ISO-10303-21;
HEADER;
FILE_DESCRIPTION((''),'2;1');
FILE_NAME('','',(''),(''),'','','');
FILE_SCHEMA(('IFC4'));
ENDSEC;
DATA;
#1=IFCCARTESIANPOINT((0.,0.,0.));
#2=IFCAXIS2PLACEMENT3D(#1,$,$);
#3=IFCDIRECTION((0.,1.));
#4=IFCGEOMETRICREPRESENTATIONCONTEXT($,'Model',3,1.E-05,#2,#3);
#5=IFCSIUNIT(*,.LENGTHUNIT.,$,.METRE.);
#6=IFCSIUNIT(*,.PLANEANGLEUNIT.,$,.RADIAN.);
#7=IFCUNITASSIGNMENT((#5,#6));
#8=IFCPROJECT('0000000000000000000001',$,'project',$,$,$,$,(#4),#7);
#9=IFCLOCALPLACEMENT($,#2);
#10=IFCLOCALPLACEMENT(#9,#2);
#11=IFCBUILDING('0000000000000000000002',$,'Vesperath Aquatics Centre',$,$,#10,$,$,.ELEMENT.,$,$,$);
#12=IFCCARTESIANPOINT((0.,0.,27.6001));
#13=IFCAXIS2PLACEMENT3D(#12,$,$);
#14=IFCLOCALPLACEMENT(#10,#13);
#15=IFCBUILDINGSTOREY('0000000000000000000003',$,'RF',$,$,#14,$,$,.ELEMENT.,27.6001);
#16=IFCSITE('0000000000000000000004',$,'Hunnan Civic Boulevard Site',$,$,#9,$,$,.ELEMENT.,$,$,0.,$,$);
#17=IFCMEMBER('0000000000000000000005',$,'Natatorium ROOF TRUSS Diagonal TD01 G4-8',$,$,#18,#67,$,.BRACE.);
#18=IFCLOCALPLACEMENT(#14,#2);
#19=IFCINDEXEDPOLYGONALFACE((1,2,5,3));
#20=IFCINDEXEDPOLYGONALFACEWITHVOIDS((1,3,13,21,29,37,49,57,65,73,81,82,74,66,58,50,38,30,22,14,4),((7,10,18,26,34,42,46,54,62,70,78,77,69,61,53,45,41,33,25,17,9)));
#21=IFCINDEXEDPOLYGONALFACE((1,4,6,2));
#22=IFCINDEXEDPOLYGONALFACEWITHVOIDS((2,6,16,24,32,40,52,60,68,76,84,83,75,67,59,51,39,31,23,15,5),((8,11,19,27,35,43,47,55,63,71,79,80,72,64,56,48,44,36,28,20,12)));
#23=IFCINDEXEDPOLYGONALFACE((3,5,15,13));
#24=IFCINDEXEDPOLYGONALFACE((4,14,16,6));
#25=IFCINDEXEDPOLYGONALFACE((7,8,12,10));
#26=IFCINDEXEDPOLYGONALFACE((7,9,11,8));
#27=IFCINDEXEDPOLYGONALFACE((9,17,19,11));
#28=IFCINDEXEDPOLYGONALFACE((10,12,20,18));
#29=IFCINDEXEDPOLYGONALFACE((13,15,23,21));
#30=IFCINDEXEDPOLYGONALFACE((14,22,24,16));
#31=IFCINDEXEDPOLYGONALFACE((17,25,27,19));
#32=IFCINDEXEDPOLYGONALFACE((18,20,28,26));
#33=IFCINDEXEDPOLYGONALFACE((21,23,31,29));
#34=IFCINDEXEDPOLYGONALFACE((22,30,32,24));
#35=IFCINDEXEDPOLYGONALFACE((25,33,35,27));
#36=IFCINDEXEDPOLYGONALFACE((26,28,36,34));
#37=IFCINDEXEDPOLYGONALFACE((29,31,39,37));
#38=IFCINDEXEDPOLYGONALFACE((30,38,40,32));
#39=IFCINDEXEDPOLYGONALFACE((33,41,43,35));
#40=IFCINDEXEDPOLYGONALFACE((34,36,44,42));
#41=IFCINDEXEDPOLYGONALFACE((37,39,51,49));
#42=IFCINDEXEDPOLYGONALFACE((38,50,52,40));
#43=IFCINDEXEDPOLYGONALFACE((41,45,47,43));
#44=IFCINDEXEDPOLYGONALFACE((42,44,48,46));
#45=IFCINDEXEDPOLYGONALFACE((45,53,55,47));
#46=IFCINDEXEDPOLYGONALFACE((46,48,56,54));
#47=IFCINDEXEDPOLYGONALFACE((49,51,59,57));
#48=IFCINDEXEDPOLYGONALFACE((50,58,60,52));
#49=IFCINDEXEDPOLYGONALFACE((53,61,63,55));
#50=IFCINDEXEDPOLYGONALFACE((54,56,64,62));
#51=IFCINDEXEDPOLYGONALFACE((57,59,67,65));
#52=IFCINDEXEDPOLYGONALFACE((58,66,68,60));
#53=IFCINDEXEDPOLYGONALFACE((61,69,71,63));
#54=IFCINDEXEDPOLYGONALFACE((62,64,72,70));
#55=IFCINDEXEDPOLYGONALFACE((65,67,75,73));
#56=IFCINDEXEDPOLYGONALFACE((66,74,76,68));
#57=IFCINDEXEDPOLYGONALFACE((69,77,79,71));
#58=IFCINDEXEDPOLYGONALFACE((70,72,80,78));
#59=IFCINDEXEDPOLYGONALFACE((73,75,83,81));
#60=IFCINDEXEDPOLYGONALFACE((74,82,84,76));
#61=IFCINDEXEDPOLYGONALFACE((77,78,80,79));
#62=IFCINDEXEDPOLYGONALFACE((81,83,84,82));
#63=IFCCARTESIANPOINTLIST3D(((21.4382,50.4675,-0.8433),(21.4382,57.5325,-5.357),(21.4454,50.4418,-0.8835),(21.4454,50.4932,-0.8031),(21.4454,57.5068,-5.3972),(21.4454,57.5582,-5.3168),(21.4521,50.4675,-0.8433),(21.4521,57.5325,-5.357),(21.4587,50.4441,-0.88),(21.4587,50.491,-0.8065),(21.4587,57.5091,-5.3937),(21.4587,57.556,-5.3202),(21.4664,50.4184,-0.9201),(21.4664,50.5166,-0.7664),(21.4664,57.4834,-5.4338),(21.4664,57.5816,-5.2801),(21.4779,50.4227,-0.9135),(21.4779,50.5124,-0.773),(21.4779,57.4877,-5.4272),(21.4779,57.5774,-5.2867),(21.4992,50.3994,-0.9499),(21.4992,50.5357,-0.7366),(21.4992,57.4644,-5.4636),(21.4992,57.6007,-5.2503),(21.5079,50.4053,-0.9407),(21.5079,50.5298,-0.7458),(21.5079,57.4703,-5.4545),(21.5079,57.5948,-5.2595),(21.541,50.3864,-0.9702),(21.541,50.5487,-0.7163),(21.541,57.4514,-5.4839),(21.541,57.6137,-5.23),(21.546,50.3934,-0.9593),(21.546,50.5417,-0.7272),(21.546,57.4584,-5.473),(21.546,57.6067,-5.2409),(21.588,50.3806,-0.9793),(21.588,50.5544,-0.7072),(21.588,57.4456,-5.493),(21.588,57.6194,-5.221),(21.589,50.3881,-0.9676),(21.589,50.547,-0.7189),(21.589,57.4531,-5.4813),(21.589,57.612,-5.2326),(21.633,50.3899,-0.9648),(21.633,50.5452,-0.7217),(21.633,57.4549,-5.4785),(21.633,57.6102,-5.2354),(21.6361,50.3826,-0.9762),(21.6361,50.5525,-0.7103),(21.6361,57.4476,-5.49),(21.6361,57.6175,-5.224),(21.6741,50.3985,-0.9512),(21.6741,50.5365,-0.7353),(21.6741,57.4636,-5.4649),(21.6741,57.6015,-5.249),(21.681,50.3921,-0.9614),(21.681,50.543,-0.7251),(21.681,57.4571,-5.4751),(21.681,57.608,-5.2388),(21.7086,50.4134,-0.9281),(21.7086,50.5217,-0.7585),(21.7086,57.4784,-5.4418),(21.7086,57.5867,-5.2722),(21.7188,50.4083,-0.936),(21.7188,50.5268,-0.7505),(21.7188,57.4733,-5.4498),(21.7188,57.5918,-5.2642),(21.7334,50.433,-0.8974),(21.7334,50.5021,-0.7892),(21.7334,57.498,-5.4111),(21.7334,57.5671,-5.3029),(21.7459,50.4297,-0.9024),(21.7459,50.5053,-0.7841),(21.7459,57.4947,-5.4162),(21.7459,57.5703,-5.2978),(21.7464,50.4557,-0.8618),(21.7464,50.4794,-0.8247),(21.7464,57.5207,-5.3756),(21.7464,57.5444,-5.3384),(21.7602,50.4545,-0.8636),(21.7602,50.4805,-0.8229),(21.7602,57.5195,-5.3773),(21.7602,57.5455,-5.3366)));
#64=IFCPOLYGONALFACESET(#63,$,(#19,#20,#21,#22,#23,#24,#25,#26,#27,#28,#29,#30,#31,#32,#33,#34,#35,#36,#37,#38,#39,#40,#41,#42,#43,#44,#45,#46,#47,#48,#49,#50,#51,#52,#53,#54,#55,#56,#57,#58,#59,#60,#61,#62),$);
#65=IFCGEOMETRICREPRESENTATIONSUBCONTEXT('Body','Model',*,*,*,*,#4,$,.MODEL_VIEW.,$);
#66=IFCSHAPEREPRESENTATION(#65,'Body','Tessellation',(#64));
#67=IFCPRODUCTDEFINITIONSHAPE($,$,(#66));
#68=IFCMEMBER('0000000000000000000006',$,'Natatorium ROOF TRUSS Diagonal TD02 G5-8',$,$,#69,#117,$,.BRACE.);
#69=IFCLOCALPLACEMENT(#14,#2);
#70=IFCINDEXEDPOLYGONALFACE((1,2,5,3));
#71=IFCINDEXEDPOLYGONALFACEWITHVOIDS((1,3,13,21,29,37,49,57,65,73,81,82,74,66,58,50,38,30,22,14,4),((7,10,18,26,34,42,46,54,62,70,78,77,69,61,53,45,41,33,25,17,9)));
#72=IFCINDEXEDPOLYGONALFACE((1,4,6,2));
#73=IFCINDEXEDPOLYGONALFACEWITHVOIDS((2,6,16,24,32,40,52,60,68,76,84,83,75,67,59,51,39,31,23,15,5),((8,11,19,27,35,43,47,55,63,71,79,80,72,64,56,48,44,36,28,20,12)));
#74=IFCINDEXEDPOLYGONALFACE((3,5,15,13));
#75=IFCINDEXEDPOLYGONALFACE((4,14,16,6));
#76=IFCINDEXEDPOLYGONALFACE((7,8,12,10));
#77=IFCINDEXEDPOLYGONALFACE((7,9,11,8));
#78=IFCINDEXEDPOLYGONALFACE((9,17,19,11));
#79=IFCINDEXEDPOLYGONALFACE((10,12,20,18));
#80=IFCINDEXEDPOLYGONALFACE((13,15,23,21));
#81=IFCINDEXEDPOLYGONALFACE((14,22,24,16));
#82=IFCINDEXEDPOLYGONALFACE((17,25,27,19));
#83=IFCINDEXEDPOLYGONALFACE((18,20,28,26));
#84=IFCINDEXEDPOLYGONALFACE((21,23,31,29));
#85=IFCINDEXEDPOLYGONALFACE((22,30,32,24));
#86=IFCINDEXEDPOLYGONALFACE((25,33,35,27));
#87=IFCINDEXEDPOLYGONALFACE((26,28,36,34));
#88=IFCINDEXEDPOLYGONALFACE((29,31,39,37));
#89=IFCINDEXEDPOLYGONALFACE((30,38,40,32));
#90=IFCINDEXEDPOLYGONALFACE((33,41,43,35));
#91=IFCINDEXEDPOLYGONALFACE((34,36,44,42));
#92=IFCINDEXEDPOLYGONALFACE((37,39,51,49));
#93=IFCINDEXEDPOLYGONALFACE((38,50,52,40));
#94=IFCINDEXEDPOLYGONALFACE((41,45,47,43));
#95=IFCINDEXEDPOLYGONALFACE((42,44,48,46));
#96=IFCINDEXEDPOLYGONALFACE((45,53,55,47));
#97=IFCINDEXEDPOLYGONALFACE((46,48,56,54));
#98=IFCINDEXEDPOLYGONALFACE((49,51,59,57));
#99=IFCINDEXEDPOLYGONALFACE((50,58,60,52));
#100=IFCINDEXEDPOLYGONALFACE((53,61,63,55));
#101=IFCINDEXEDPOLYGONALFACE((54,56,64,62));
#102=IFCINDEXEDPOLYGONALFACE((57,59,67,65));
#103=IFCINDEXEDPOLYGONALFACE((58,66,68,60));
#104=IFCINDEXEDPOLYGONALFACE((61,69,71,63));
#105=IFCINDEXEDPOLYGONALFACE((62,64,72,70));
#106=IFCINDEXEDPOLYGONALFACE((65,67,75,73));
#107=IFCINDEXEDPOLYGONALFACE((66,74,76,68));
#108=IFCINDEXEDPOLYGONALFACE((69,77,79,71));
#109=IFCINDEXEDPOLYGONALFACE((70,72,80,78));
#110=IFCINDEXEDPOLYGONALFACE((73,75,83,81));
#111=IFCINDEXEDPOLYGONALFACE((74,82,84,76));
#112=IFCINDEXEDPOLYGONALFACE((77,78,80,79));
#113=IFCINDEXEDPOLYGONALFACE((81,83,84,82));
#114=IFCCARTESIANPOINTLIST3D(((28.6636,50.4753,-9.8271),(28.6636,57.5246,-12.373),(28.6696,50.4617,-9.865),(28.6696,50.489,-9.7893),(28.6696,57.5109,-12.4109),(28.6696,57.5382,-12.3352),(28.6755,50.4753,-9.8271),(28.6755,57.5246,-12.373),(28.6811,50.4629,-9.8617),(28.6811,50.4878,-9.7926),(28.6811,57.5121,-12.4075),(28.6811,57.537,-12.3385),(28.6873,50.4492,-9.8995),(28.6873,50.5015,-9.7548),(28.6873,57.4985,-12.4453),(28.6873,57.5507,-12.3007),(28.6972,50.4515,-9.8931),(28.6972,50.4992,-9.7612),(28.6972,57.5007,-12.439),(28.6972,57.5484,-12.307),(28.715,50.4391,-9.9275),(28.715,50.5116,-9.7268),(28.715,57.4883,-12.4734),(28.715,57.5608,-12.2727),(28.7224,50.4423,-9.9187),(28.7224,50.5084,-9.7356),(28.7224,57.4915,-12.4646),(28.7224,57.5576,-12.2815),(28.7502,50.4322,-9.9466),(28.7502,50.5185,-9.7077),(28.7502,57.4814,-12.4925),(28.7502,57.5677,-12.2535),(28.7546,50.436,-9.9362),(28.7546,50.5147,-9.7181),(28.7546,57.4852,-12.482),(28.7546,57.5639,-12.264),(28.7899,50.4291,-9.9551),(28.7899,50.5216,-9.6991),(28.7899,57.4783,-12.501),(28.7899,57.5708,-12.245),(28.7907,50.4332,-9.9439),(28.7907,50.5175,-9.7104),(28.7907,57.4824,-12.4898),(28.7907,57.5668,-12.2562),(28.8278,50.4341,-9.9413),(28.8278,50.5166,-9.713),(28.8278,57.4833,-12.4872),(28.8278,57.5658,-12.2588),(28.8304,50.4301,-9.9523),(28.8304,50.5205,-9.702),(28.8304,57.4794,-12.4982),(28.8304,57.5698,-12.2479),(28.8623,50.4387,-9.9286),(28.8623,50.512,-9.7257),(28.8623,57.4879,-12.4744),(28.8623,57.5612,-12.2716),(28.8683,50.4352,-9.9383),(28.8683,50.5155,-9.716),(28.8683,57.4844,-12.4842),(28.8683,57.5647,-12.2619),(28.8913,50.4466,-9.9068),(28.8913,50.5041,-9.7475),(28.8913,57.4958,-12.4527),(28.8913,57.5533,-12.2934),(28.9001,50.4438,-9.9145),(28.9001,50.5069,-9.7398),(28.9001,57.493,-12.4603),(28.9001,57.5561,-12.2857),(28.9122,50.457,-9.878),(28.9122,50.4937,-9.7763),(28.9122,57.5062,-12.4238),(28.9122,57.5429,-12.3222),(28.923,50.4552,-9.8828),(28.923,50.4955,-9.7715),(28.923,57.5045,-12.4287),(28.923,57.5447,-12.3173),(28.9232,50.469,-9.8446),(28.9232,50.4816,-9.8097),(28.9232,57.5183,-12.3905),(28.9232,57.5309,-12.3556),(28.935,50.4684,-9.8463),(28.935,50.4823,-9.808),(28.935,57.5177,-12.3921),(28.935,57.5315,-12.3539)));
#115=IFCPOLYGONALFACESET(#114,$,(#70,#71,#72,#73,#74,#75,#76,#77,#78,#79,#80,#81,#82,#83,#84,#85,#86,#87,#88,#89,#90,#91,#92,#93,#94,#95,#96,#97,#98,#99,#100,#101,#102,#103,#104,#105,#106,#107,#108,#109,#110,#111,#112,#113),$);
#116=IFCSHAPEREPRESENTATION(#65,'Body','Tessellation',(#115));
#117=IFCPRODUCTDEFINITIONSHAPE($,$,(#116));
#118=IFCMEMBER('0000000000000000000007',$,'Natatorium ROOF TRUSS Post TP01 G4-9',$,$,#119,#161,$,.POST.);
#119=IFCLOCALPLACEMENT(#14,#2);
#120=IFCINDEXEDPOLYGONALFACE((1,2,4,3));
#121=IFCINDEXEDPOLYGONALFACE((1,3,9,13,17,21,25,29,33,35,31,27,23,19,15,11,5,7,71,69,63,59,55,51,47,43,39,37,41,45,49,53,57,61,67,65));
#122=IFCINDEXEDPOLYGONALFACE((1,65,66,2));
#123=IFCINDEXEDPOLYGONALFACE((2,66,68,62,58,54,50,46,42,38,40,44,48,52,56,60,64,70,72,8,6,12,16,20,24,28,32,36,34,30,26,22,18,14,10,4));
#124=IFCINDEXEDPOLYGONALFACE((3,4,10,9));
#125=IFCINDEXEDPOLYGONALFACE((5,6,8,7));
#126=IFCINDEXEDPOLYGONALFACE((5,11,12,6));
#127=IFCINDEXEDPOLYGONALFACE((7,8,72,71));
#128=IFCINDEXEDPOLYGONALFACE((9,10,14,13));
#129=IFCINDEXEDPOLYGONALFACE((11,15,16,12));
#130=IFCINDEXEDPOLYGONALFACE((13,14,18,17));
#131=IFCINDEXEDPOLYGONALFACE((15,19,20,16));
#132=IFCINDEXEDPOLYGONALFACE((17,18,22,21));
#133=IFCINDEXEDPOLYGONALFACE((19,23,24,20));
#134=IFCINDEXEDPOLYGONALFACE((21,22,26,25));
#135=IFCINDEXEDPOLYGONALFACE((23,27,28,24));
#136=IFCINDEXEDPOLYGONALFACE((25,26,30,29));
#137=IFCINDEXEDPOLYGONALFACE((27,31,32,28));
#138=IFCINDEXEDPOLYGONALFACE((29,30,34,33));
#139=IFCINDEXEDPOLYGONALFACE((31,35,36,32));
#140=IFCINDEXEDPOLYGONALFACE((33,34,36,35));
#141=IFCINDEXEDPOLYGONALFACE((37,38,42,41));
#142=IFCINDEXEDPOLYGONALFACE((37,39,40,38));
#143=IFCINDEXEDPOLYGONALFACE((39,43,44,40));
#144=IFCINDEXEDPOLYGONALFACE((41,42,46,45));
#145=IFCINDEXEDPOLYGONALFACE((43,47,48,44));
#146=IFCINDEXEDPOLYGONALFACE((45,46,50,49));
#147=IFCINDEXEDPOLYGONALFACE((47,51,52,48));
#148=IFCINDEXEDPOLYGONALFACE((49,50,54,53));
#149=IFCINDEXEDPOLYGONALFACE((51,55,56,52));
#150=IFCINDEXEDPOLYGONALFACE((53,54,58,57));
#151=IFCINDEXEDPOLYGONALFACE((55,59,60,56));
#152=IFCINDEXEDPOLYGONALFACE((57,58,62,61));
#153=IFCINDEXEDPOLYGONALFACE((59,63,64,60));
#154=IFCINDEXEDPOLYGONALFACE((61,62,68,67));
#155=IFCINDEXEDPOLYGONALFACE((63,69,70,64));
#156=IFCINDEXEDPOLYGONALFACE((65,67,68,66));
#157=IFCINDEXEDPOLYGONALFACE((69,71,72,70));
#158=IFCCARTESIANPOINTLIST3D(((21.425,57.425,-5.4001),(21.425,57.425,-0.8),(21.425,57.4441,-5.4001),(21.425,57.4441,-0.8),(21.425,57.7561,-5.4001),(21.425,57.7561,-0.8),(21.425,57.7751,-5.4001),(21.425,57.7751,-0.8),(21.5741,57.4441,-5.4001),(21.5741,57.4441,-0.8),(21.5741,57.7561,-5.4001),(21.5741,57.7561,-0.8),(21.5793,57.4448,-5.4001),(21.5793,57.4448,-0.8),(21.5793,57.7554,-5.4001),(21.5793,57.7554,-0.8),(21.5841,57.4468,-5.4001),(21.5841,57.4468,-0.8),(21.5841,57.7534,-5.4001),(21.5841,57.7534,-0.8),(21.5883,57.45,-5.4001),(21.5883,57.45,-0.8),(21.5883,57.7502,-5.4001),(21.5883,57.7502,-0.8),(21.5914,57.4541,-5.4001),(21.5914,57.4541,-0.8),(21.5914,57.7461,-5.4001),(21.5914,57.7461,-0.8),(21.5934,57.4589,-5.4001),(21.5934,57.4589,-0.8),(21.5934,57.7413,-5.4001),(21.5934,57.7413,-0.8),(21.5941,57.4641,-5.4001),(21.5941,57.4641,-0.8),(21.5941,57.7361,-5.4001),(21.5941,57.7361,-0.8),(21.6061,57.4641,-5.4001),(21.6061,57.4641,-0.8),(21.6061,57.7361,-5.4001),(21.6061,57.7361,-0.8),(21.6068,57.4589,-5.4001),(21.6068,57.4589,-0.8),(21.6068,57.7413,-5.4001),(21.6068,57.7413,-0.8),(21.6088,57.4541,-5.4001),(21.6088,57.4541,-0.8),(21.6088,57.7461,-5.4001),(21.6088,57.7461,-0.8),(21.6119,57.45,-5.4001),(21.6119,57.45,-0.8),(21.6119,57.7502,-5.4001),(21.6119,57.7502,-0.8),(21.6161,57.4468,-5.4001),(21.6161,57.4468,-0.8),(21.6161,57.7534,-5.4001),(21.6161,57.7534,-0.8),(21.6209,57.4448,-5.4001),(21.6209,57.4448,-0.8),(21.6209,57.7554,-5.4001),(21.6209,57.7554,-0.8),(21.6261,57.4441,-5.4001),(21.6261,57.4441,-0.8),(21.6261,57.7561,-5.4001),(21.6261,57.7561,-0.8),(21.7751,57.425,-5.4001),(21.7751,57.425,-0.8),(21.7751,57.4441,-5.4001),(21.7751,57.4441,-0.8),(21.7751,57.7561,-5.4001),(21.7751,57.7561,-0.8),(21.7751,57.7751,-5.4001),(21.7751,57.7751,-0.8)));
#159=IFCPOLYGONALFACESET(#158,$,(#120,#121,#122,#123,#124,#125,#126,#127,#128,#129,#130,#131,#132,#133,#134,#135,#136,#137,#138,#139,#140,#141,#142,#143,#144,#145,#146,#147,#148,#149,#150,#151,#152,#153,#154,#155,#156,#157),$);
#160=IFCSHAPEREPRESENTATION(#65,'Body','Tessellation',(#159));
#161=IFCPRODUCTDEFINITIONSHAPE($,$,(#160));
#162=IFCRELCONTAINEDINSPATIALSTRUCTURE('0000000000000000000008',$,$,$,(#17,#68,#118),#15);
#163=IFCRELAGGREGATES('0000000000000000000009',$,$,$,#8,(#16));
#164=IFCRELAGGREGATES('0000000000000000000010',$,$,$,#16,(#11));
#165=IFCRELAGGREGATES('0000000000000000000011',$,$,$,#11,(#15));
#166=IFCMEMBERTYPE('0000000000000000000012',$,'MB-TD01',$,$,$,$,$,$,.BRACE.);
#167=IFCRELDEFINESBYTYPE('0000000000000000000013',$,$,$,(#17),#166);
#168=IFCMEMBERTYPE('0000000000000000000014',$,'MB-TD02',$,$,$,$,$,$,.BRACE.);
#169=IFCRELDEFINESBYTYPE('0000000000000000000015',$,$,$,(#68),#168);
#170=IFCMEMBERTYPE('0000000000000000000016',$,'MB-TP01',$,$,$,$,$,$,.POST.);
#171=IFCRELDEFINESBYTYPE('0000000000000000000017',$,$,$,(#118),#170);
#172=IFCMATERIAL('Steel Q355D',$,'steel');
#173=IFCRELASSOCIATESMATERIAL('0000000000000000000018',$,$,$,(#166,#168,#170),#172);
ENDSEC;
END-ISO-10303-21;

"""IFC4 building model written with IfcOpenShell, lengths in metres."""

from ifc_helpers import new_model, si_unit, direction, frame, origin, origin_2d, place, context, subcontext, project, spatial, hollow_circle, i_section, extrude, material, material_profile, profile_set, type_object, element, save


model = new_model("IFC4")

# Units and contexts
model_context = context("Model", 3, precision=1e-05, world=origin(), true_north=direction((0.0, 1.0)))
body_context = subcontext(model_context, "Body", "Model", "MODEL_VIEW")
ifc_project = project(units=[si_unit("LENGTHUNIT", "METRE"), si_unit("PLANEANGLEUNIT", "RADIAN")], contexts=[model_context])

# Site, building, storey
site_placement = place(None, origin())
site = spatial("IfcSite", under=ifc_project, at=site_placement, Name="Hunnan Civic Boulevard Site", CompositionType="ELEMENT", RefElevation=0.0)
building_placement = place(site_placement, origin())
building = spatial("IfcBuilding", under=site, at=building_placement, Name="Vesperath Aquatics Centre", CompositionType="ELEMENT")
storey_placement = place(building_placement, frame((0.0, 0.0, 27.6001)))
storey = spatial("IfcBuildingStorey", under=building, at=storey_placement, Name="RF", CompositionType="ELEMENT", Elevation=27.6001)

# Members
ifc_material_1 = material(Name="Steel Q355D", Category="steel")
ifc_material_profile_1 = material_profile(ifc_material_1, hollow_circle(Radius=0.1619, WallThickness=0.0139, at=origin_2d()), Name="CHS 323.9x14")
ifc_profile_set_1 = profile_set([ifc_material_profile_1], Name="Steel Q355D")
member_type_1 = type_object("IfcMemberType", Name="MB-TD01", PredefinedType="BRACE", material=ifc_profile_set_1)
member_1_placement = place(storey_placement, frame((21.6001, 50.4675, -0.8433), z_axis=(0.0, 0.842698, -0.538386), x_axis=(-1.0, 0.0, 0.0)))
element("IfcMember", 1, at=member_1_placement, inside=storey, type_object=member_type_1, Name="Natatorium ROOF TRUSS Diagonal TD01 G4-8", PredefinedType="BRACE", context=body_context, shape_type="SweptSolid", body=[
    extrude(hollow_circle(Radius=0.1619, WallThickness=0.0139, at=origin_2d()), origin(), (0.0, 0.0, 1.0), 8.3838),
])
ifc_material_profile_2 = material_profile(ifc_material_1, hollow_circle(Radius=0.1365, WallThickness=0.012, at=origin_2d()), Name="CHS 273.0x12")
ifc_profile_set_2 = profile_set([ifc_material_profile_2], Name="Steel Q355D")
member_type_2 = type_object("IfcMemberType", Name="MB-TD02", PredefinedType="BRACE", material=ifc_profile_set_2)
member_2_placement = place(storey_placement, frame((28.8, 50.4753, -9.8271), z_axis=(0.0, 0.940541, -0.339681), x_axis=(-1.0, 0.0, 0.0)))
element("IfcMember", 2, at=member_2_placement, inside=storey, type_object=member_type_2, Name="Natatorium ROOF TRUSS Diagonal TD02 G5-8", PredefinedType="BRACE", context=body_context, shape_type="SweptSolid", body=[
    extrude(hollow_circle(Radius=0.1365, WallThickness=0.012, at=origin_2d()), origin(), (0.0, 0.0, 1.0), 7.4949),
])
ifc_material_profile_3 = material_profile(ifc_material_1, i_section(OverallWidth=0.3501, OverallDepth=0.3501, WebThickness=0.012, FlangeThickness=0.019, FilletRadius=0.02, at=origin_2d()), Name="HW 350x350x12x19")
ifc_profile_set_3 = profile_set([ifc_material_profile_3], Name="Steel Q355D")
member_type_3 = type_object("IfcMemberType", Name="MB-TP01", PredefinedType="POST", material=ifc_profile_set_3)
member_3_placement = place(storey_placement, frame((21.6001, 57.6001, -5.4001), z_axis=(0.0, 0.0, 1.0), x_axis=(1.0, 0.0, 0.0)))
element("IfcMember", 3, at=member_3_placement, inside=storey, type_object=member_type_3, Name="Natatorium ROOF TRUSS Post TP01 G4-9", PredefinedType="POST", context=body_context, shape_type="SweptSolid", body=[
    extrude(i_section(OverallWidth=0.3501, OverallDepth=0.3501, WebThickness=0.012, FlangeThickness=0.019, FilletRadius=0.02, at=origin_2d()), origin(), (0.0, 0.0, 1.0), 4.6001),
])

save(model, "model.ifc")
